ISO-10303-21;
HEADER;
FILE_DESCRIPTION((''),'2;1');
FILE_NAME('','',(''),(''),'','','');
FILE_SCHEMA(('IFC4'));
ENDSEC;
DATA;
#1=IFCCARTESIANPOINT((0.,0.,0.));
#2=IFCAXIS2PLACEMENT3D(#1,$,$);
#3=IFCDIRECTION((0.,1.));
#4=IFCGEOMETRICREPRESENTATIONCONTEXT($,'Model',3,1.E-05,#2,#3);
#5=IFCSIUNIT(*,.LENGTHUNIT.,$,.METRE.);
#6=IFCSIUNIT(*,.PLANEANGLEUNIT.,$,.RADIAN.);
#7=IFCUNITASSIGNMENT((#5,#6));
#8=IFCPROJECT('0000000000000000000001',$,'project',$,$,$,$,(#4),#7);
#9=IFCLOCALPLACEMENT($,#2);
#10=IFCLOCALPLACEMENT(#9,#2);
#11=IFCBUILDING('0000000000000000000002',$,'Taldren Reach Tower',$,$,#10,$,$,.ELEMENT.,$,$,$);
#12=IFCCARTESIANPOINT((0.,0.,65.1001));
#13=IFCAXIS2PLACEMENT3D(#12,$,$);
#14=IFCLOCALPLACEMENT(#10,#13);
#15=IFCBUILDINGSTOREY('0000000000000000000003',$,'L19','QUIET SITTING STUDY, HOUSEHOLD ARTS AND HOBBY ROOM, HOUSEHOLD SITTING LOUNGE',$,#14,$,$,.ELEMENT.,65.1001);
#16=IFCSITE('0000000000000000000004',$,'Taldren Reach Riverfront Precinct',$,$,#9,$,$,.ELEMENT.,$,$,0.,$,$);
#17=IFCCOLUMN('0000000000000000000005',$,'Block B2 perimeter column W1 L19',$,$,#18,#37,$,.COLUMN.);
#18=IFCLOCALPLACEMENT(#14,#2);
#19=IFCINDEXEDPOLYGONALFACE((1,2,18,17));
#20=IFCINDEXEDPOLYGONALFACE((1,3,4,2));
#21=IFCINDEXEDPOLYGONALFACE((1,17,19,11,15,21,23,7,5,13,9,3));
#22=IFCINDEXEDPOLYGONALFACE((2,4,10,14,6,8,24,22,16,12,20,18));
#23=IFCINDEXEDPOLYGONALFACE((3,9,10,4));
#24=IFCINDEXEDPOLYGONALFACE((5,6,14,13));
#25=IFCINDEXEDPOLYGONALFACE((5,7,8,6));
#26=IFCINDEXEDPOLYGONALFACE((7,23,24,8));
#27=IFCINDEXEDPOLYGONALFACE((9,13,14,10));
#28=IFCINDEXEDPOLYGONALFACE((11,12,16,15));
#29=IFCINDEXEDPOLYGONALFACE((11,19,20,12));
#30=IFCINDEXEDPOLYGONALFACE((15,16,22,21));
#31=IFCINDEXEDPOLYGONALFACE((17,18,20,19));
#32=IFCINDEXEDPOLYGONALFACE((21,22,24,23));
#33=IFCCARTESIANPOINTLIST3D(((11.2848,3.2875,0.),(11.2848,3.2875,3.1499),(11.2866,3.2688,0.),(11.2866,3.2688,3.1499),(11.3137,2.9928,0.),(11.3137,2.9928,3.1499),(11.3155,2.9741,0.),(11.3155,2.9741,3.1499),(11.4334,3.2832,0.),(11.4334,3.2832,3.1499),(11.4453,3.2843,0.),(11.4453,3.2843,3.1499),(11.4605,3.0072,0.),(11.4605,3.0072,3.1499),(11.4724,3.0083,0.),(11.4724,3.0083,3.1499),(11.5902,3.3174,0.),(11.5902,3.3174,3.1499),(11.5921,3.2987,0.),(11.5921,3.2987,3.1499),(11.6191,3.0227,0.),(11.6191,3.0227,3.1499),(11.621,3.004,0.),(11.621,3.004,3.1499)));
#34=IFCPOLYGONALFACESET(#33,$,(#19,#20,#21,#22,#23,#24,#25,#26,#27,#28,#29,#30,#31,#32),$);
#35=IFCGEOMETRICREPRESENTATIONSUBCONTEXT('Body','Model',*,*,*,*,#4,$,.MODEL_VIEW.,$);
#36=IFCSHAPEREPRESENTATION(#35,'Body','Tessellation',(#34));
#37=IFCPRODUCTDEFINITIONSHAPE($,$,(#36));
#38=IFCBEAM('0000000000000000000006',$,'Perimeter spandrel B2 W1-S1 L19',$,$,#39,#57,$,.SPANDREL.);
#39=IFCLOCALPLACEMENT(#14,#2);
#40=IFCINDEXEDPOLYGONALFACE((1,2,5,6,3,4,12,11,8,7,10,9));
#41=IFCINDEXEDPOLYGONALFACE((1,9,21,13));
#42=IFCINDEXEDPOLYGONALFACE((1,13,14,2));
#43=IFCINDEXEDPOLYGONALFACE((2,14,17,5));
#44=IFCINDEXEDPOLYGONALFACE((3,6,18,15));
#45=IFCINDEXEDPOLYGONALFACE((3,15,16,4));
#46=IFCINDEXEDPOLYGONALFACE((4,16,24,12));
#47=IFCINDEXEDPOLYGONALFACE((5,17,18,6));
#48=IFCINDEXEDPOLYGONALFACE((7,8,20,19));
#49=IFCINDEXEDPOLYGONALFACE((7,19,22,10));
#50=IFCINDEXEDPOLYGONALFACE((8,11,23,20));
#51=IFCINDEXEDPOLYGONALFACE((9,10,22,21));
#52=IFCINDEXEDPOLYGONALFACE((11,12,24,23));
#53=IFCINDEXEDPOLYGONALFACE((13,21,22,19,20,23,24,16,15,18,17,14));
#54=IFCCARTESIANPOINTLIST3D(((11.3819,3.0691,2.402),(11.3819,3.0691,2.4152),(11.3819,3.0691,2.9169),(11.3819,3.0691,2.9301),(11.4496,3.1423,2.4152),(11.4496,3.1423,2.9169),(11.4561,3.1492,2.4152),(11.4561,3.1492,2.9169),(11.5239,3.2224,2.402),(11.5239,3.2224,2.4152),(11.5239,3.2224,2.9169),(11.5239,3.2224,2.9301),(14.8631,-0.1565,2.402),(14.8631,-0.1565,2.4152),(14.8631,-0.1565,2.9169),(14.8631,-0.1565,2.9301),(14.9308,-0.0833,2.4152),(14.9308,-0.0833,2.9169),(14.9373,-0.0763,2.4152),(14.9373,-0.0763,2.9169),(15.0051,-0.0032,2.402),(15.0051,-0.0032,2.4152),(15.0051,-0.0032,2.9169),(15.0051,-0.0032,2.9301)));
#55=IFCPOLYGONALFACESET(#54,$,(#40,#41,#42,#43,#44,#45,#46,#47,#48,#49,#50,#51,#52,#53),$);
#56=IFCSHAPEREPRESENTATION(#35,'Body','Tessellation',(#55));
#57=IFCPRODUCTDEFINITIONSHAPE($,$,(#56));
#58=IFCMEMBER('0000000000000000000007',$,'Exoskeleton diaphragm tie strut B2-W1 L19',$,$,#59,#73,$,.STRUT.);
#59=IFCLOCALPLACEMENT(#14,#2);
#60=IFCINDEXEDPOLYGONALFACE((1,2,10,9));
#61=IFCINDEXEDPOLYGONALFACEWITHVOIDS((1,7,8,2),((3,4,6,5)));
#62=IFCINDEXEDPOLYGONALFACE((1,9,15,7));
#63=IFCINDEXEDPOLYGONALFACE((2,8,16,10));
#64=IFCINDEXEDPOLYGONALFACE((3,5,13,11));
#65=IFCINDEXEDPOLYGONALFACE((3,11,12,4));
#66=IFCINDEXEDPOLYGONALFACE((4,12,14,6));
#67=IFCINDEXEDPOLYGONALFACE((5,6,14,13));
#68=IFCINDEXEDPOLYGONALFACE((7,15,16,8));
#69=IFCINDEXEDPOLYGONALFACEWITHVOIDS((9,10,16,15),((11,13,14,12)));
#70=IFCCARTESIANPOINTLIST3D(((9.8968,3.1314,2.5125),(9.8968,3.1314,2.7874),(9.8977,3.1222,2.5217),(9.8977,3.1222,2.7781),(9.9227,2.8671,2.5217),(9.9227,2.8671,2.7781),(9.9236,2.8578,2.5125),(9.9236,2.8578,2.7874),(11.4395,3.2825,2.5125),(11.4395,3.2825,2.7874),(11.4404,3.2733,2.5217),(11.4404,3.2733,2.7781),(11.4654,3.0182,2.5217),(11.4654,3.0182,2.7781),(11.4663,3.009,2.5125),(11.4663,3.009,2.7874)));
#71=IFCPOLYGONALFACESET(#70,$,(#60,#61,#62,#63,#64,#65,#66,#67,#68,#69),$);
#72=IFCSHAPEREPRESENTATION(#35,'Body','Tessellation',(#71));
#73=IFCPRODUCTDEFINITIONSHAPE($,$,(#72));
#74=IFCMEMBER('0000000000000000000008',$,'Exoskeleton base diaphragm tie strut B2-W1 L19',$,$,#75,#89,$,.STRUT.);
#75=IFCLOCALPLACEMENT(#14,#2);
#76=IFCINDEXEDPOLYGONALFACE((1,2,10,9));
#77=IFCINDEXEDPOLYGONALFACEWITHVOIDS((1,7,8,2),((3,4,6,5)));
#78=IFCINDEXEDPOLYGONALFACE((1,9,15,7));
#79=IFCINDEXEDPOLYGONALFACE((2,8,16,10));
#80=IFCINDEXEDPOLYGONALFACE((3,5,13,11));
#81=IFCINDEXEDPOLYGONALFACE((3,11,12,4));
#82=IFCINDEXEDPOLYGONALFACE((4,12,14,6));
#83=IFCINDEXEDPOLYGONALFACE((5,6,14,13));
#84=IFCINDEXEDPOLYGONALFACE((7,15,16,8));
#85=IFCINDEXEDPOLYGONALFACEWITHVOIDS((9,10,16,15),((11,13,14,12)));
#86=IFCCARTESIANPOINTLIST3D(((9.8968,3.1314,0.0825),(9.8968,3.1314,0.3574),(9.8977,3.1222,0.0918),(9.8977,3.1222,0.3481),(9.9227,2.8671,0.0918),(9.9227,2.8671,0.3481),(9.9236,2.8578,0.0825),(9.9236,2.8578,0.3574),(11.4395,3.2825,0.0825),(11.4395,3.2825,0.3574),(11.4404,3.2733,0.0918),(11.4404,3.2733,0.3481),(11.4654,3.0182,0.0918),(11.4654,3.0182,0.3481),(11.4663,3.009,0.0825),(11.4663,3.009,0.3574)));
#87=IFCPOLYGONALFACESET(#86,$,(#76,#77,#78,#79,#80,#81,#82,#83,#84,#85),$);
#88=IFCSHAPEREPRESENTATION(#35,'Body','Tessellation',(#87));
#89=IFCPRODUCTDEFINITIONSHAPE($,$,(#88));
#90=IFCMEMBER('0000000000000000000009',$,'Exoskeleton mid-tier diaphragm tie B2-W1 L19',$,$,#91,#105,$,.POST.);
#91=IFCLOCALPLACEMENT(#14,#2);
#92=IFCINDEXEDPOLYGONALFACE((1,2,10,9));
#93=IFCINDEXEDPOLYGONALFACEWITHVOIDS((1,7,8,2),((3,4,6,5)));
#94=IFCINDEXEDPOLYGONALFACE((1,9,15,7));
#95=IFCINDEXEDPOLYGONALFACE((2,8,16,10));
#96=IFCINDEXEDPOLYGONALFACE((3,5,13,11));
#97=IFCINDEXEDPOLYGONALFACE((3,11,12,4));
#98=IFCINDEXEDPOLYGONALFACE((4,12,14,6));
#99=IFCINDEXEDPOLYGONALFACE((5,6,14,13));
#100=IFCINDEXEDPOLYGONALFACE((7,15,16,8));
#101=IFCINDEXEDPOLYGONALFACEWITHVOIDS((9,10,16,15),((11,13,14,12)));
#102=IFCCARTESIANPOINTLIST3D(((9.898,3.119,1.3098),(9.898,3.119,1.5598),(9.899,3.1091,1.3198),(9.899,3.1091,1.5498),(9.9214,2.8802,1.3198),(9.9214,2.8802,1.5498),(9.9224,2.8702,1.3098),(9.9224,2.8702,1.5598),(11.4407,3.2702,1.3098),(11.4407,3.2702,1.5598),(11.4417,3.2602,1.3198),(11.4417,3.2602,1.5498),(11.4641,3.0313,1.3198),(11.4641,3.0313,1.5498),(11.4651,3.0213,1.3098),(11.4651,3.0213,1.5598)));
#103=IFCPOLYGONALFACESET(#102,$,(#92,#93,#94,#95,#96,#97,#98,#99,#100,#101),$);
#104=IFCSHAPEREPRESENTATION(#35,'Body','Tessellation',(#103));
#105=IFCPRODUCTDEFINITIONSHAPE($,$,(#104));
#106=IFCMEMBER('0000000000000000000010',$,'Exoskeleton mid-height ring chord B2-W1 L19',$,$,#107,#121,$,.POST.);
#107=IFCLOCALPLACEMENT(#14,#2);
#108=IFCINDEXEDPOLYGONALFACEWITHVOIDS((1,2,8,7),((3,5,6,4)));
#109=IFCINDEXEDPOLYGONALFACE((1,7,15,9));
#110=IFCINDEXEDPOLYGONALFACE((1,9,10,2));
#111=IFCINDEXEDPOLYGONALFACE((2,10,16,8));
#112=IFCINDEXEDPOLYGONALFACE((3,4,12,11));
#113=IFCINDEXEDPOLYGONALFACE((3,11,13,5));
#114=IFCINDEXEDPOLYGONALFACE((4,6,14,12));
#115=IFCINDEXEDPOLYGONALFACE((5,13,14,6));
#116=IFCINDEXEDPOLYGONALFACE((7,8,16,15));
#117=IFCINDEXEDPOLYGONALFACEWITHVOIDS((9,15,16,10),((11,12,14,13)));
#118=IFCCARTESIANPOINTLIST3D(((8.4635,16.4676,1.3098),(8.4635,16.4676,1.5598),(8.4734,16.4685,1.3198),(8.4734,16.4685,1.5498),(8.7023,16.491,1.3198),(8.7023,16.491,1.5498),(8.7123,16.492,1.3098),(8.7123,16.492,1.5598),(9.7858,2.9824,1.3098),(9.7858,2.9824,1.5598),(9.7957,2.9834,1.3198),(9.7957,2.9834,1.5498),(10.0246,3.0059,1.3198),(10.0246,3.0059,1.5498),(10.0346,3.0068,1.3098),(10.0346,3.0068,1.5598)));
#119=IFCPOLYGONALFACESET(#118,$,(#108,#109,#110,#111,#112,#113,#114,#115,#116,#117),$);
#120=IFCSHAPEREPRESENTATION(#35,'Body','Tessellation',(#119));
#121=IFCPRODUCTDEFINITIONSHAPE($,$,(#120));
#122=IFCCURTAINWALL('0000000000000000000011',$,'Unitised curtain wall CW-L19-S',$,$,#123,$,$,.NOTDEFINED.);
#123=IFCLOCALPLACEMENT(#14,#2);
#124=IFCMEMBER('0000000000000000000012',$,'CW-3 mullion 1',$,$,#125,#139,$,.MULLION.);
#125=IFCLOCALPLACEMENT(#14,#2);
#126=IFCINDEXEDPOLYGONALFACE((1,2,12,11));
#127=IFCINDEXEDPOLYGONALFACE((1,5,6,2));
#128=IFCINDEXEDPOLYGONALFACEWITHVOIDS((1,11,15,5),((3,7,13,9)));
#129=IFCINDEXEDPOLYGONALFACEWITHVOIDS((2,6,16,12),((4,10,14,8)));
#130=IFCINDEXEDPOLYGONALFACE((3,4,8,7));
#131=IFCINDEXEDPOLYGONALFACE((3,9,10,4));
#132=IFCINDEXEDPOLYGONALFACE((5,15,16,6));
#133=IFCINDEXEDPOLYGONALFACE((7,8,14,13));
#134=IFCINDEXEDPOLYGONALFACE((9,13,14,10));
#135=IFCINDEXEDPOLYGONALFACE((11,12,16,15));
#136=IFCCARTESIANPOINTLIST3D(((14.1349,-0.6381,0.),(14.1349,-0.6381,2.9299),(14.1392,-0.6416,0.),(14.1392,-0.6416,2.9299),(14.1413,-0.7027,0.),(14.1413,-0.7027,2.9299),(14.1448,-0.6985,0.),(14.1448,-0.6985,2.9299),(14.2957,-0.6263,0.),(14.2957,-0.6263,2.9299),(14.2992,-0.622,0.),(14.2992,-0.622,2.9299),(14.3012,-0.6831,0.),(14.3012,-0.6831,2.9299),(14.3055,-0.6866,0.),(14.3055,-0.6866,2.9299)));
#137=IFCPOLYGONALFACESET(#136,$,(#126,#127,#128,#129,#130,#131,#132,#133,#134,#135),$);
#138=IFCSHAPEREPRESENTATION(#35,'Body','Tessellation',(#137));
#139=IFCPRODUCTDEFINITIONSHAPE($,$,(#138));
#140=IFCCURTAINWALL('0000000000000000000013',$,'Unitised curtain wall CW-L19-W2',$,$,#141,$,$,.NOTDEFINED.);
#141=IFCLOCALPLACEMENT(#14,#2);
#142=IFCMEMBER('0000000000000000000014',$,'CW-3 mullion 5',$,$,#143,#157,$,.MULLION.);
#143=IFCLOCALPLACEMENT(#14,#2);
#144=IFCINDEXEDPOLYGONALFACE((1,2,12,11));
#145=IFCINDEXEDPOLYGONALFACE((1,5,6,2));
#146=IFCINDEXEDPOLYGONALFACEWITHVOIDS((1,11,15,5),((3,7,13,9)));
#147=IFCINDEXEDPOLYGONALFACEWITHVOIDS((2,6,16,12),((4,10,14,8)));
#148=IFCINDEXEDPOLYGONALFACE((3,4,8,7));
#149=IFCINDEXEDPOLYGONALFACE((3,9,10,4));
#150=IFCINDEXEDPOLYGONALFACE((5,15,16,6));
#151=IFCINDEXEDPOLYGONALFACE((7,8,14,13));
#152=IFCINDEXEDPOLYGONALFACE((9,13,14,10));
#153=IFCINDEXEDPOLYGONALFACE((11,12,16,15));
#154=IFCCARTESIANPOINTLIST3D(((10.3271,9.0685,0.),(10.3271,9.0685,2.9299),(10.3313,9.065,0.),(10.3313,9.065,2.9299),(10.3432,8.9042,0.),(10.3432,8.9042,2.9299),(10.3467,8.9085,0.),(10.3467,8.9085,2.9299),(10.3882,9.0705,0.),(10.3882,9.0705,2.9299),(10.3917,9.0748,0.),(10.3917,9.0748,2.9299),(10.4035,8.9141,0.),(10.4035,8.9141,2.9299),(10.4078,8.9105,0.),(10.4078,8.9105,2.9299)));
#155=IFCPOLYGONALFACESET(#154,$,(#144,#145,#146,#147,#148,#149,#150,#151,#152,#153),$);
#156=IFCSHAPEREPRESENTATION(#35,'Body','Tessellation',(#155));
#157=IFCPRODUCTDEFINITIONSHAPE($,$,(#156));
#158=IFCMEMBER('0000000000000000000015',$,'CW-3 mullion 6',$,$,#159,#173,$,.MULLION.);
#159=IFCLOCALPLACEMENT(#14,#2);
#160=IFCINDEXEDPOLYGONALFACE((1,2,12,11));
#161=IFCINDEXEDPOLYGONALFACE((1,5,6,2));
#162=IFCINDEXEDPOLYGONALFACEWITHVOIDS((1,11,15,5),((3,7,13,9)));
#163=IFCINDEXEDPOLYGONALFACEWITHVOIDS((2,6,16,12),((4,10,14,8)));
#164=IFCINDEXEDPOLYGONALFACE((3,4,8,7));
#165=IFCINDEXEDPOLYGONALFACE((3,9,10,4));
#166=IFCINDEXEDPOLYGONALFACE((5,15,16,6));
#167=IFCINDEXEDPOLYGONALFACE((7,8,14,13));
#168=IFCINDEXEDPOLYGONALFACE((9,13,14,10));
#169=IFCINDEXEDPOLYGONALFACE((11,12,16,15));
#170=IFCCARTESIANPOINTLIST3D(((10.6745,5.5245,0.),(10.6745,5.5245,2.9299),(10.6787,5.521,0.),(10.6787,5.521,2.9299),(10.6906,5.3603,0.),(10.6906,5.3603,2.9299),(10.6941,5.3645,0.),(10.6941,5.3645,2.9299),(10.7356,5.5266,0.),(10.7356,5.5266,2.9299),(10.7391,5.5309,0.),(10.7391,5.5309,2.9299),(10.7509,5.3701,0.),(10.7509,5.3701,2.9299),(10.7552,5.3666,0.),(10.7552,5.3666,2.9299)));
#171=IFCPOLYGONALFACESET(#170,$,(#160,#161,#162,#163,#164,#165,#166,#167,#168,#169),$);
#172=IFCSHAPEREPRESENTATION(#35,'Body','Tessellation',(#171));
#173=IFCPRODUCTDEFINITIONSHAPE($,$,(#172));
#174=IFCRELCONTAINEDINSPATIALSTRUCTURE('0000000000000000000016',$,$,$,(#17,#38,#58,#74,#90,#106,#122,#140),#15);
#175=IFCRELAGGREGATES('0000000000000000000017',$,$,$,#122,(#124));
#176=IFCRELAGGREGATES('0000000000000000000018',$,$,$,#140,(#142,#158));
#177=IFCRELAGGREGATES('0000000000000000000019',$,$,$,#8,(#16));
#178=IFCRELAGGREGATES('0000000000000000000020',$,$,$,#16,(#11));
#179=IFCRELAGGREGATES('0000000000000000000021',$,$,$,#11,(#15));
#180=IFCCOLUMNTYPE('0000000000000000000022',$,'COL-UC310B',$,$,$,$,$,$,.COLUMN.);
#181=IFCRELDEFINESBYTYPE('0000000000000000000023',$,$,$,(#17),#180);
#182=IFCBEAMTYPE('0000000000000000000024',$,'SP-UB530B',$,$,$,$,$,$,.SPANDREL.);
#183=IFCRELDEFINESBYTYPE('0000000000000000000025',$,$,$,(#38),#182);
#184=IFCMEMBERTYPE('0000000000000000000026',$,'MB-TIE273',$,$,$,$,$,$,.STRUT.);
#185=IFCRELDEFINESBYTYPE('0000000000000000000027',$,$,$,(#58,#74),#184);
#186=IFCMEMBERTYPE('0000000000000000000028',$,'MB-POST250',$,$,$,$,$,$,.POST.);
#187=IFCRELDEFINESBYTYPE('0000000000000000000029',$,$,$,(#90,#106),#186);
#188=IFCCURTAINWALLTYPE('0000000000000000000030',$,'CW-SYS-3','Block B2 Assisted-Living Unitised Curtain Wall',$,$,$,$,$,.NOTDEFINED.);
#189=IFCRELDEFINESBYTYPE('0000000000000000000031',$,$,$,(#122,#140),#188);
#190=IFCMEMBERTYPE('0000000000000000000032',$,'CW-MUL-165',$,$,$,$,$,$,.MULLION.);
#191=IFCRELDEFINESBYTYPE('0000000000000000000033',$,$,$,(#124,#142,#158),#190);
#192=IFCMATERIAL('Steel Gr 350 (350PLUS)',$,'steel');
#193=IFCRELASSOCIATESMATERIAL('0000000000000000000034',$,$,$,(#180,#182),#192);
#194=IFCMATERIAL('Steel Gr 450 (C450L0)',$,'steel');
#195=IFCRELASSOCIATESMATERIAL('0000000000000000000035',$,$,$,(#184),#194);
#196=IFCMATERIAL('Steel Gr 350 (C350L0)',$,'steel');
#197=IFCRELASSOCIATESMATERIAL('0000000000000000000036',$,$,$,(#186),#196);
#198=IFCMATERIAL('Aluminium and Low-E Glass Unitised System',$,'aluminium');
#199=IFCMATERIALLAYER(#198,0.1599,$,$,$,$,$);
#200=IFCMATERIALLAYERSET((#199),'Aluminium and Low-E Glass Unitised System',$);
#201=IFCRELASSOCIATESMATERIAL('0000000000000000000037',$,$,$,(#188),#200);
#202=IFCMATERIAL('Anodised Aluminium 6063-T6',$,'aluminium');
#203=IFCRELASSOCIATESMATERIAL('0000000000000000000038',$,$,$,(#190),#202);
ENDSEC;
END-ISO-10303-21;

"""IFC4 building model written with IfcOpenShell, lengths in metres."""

from ifc_helpers import new_model, si_unit, direction, frame, origin, origin_2d, place, context, subcontext, project, spatial, hollow_rectangle, i_section, extrude, source, transform, mapped, material, layer, layer_set, material_profile, profile_set, type_object, element, aggregate, save


model = new_model("IFC4")

# Units and contexts
model_context = context("Model", 3, precision=1e-05, world=origin(), true_north=direction((0.0, 1.0)))
body_context = subcontext(model_context, "Body", "Model", "MODEL_VIEW")
ifc_project = project(units=[si_unit("LENGTHUNIT", "METRE"), si_unit("PLANEANGLEUNIT", "RADIAN")], contexts=[model_context])

# Site, building, storey
site_placement = place(None, origin())
site = spatial("IfcSite", under=ifc_project, at=site_placement, Name="Taldren Reach Riverfront Precinct", CompositionType="ELEMENT", RefElevation=0.0)
building_placement = place(site_placement, origin())
building = spatial("IfcBuilding", under=site, at=building_placement, Name="Taldren Reach Tower", CompositionType="ELEMENT")
storey_placement = place(building_placement, frame((0.0, 0.0, 65.1001)))
storey = spatial("IfcBuildingStorey", under=building, at=storey_placement, Name="L19", Description="QUIET SITTING STUDY, HOUSEHOLD ARTS AND HOBBY ROOM, HOUSEHOLD SITTING LOUNGE", CompositionType="ELEMENT", Elevation=65.1001)

# Column
ifc_material_1 = material(Name="Steel Gr 350 (350PLUS)", Category="steel")
ifc_material_profile_1 = material_profile(ifc_material_1, i_section(OverallWidth=0.3069, OverallDepth=0.3149, WebThickness=0.012, FlangeThickness=0.0188, at=origin_2d()), Name="310UC118")
ifc_profile_set_1 = profile_set([ifc_material_profile_1], Name="Steel Gr 350 (350PLUS)")
column_type = type_object("IfcColumnType", Name="COL-UC310B", PredefinedType="COLUMN", material=ifc_profile_set_1)
shared_shape_1 = source(origin(), body_context, "Body", "SweptSolid", [
    extrude(i_section(OverallWidth=0.3069, OverallDepth=0.3149, WebThickness=0.012, FlangeThickness=0.0188, at=origin_2d()), origin(), (0.0, 0.0, 1.0), 3.1499),
])
column_placement = place(storey_placement, frame((11.4529, 3.1458, 0.0), z_axis=(0.0, 0.0, 1.0), x_axis=(0.995227, 0.097583, 0.0)))
element("IfcColumn", 1, at=column_placement, inside=storey, type_object=column_type, Name="Block B2 perimeter column W1 L19", PredefinedType="COLUMN", context=body_context, shape_type="MappedRepresentation", body=[
    mapped(shared_shape_1, transform((0.0, 0.0, 0.0), scale=1.0)),
])

# Beam
ifc_material_profile_2 = material_profile(ifc_material_1, i_section(OverallWidth=0.209, OverallDepth=0.5281, WebThickness=0.0095, FlangeThickness=0.0132, at=origin_2d()), Name="530UB82.0")
ifc_profile_set_2 = profile_set([ifc_material_profile_2], Name="Steel Gr 350 (350PLUS)")
beam_type = type_object("IfcBeamType", Name="SP-UB530B", PredefinedType="SPANDREL", material=ifc_profile_set_2)
shared_shape_2 = source(origin(), body_context, "Body", "SweptSolid", [
    extrude(i_section(OverallWidth=0.209, OverallDepth=0.5281, WebThickness=0.0095, FlangeThickness=0.0132, at=origin_2d()), origin(), (0.0, 0.0, 1.0), 4.7458),
])
beam_placement = place(storey_placement, frame((11.4529, 3.1458, 2.666), z_axis=(0.733524, -0.679663, 0.0), x_axis=(0.679663, 0.733524, 0.0)))
element("IfcBeam", 2, at=beam_placement, inside=storey, type_object=beam_type, Name="Perimeter spandrel B2 W1-S1 L19", PredefinedType="SPANDREL", context=body_context, shape_type="MappedRepresentation", body=[
    mapped(shared_shape_2, transform((0.0, 0.0, 0.0), scale=1.0)),
])

# Members
ifc_material_2 = material(Name="Steel Gr 450 (C450L0)", Category="steel")
ifc_material_profile_3 = material_profile(ifc_material_2, hollow_rectangle(XDim=0.2749, YDim=0.2749, WallThickness=0.0093, at=origin_2d()), Name="275x275x9.3SHS")
ifc_profile_set_3 = profile_set([ifc_material_profile_3], Name="Steel Gr 450 (C450L0)")
member_type_1 = type_object("IfcMemberType", Name="MB-TIE273", PredefinedType="STRUT", material=ifc_profile_set_3)
shared_shape_3 = source(origin(), body_context, "Body", "SweptSolid", [
    extrude(hollow_rectangle(XDim=0.2749, YDim=0.2749, WallThickness=0.0093, at=origin_2d()), origin(), (0.0, 0.0, 1.0), 1.55),
])
for number, where, z_axis, x_axis, name in (
    (3, (11.4529, 3.1458, 2.6499), (-0.995236, -0.097492, 0.0), (0.097492, -0.995236, 0.0), "Exoskeleton diaphragm tie strut B2-W1 L19"),
    (4, (11.4529, 3.1458, 0.22), (-0.995236, -0.097492, 0.0), (0.097492, -0.995236, 0.0), "Exoskeleton base diaphragm tie strut B2-W1 L19"),
):
    element("IfcMember", number, at=place(storey_placement, frame(where, z_axis=z_axis, x_axis=x_axis)), inside=storey, type_object=member_type_1, Name=name, PredefinedType="STRUT", context=body_context, shape_type="MappedRepresentation", body=[
        mapped(shared_shape_3, transform((0.0, 0.0, 0.0), scale=1.0)),
    ])
ifc_material_3 = material(Name="Steel Gr 350 (C350L0)", Category="steel")
ifc_material_profile_4 = material_profile(ifc_material_3, hollow_rectangle(XDim=0.25, YDim=0.25, WallThickness=0.01, at=origin_2d()), Name="250x250x10.0SHS")
ifc_profile_set_4 = profile_set([ifc_material_profile_4], Name="Steel Gr 350 (C350L0)")
member_type_2 = type_object("IfcMemberType", Name="MB-POST250", PredefinedType="POST", material=ifc_profile_set_4)
shared_shape_4 = source(origin(), body_context, "Body", "SweptSolid", [
    extrude(hollow_rectangle(XDim=0.25, YDim=0.25, WallThickness=0.01, at=origin_2d()), origin(), (0.0, 0.0, 1.0), 1.55),
])
member_1_placement = place(storey_placement, frame((11.4529, 3.1458, 1.4348), z_axis=(-0.995236, -0.097492, 0.0), x_axis=(0.097492, -0.995236, 0.0)))
element("IfcMember", 5, at=member_1_placement, inside=storey, type_object=member_type_2, Name="Exoskeleton mid-tier diaphragm tie B2-W1 L19", PredefinedType="POST", context=body_context, shape_type="MappedRepresentation", body=[
    mapped(shared_shape_4, transform((0.0, 0.0, 0.0), scale=1.0)),
])
shared_shape_5 = source(origin(), body_context, "Body", "SweptSolid", [
    extrude(hollow_rectangle(XDim=0.25, YDim=0.25, WallThickness=0.01, at=origin_2d()), origin(), (0.0, 0.0, 1.0), 13.5498),
])
member_2_placement = place(storey_placement, frame((9.9102, 2.9946, 1.4348), z_axis=(-0.097586, 0.995227, 0.0), x_axis=(-0.995227, -0.097586, 0.0)))
element("IfcMember", 6, at=member_2_placement, inside=storey, type_object=member_type_2, Name="Exoskeleton mid-height ring chord B2-W1 L19", PredefinedType="POST", context=body_context, shape_type="MappedRepresentation", body=[
    mapped(shared_shape_5, transform((0.0, 0.0, 0.0), scale=1.0)),
])

# Curtain wall, member
ifc_material_4 = material(Name="Aluminium and Low-E Glass Unitised System", Category="aluminium")
ifc_layer_1 = layer(ifc_material_4, 0.1599)
ifc_layer_set_1 = layer_set([ifc_layer_1], Name="Aluminium and Low-E Glass Unitised System")
curtain_wall_type = type_object("IfcCurtainWallType", Name="CW-SYS-3", Description="Block B2 Assisted-Living Unitised Curtain Wall", PredefinedType="NOTDEFINED", material=ifc_layer_set_1)
curtain_wall_1_placement = place(storey_placement, origin())
curtain_wall_1 = element("IfcCurtainWall", 7, at=curtain_wall_1_placement, inside=storey, type_object=curtain_wall_type, Name="Unitised curtain wall CW-L19-S", PredefinedType="NOTDEFINED")
ifc_material_5 = material(Name="Anodised Aluminium 6063-T6", Category="aluminium")
ifc_material_profile_5 = material_profile(ifc_material_5, hollow_rectangle(XDim=0.0649, YDim=0.165, WallThickness=0.0039, at=origin_2d()), Name="ALU-165x65x4RHS")
ifc_profile_set_5 = profile_set([ifc_material_profile_5], Name="Anodised Aluminium 6063-T6")
member_type_3 = type_object("IfcMemberType", Name="CW-MUL-165", PredefinedType="MULLION", material=ifc_profile_set_5)
shared_shape_6 = source(origin(), body_context, "Body", "SweptSolid", [
    extrude(hollow_rectangle(XDim=0.0649, YDim=0.165, WallThickness=0.0039, at=origin_2d()), origin(), (0.0, 0.0, 1.0), 2.9299),
])
member_3_placement = place(storey_placement, frame((14.2202, -0.6624, 0.0), z_axis=(0.0, 0.0, 1.0), x_axis=(-0.097583, 0.995227, 0.0)))
member_3 = element("IfcMember", 8, at=member_3_placement, type_object=member_type_3, Name="CW-3 mullion 1", PredefinedType="MULLION", context=body_context, shape_type="MappedRepresentation", body=[
    mapped(shared_shape_6, transform((0.0, 0.0, 0.0), scale=1.0)),
])

# Curtain wall, members
curtain_wall_2_placement = place(storey_placement, origin())
curtain_wall_2 = element("IfcCurtainWall", 9, at=curtain_wall_2_placement, inside=storey, type_object=curtain_wall_type, Name="Unitised curtain wall CW-L19-W2", PredefinedType="NOTDEFINED")
member_4_placement = place(storey_placement, frame((10.3674, 8.9895, 0.0), z_axis=(0.0, 0.0, 1.0), x_axis=(0.995227, 0.097583, 0.0)))
member_4 = element("IfcMember", 10, at=member_4_placement, type_object=member_type_3, Name="CW-3 mullion 5", PredefinedType="MULLION", context=body_context, shape_type="MappedRepresentation", body=[
    mapped(shared_shape_6, transform((0.0, 0.0, 0.0), scale=1.0)),
])
member_5_placement = place(storey_placement, frame((10.7148, 5.4456, 0.0), z_axis=(0.0, 0.0, 1.0), x_axis=(0.995227, 0.097583, 0.0)))
member_5 = element("IfcMember", 11, at=member_5_placement, type_object=member_type_3, Name="CW-3 mullion 6", PredefinedType="MULLION", context=body_context, shape_type="MappedRepresentation", body=[
    mapped(shared_shape_6, transform((0.0, 0.0, 0.0), scale=1.0)),
])

aggregate(curtain_wall_1, [member_3])

aggregate(curtain_wall_2, [member_4, member_5])

save(model, "model.ifc")
